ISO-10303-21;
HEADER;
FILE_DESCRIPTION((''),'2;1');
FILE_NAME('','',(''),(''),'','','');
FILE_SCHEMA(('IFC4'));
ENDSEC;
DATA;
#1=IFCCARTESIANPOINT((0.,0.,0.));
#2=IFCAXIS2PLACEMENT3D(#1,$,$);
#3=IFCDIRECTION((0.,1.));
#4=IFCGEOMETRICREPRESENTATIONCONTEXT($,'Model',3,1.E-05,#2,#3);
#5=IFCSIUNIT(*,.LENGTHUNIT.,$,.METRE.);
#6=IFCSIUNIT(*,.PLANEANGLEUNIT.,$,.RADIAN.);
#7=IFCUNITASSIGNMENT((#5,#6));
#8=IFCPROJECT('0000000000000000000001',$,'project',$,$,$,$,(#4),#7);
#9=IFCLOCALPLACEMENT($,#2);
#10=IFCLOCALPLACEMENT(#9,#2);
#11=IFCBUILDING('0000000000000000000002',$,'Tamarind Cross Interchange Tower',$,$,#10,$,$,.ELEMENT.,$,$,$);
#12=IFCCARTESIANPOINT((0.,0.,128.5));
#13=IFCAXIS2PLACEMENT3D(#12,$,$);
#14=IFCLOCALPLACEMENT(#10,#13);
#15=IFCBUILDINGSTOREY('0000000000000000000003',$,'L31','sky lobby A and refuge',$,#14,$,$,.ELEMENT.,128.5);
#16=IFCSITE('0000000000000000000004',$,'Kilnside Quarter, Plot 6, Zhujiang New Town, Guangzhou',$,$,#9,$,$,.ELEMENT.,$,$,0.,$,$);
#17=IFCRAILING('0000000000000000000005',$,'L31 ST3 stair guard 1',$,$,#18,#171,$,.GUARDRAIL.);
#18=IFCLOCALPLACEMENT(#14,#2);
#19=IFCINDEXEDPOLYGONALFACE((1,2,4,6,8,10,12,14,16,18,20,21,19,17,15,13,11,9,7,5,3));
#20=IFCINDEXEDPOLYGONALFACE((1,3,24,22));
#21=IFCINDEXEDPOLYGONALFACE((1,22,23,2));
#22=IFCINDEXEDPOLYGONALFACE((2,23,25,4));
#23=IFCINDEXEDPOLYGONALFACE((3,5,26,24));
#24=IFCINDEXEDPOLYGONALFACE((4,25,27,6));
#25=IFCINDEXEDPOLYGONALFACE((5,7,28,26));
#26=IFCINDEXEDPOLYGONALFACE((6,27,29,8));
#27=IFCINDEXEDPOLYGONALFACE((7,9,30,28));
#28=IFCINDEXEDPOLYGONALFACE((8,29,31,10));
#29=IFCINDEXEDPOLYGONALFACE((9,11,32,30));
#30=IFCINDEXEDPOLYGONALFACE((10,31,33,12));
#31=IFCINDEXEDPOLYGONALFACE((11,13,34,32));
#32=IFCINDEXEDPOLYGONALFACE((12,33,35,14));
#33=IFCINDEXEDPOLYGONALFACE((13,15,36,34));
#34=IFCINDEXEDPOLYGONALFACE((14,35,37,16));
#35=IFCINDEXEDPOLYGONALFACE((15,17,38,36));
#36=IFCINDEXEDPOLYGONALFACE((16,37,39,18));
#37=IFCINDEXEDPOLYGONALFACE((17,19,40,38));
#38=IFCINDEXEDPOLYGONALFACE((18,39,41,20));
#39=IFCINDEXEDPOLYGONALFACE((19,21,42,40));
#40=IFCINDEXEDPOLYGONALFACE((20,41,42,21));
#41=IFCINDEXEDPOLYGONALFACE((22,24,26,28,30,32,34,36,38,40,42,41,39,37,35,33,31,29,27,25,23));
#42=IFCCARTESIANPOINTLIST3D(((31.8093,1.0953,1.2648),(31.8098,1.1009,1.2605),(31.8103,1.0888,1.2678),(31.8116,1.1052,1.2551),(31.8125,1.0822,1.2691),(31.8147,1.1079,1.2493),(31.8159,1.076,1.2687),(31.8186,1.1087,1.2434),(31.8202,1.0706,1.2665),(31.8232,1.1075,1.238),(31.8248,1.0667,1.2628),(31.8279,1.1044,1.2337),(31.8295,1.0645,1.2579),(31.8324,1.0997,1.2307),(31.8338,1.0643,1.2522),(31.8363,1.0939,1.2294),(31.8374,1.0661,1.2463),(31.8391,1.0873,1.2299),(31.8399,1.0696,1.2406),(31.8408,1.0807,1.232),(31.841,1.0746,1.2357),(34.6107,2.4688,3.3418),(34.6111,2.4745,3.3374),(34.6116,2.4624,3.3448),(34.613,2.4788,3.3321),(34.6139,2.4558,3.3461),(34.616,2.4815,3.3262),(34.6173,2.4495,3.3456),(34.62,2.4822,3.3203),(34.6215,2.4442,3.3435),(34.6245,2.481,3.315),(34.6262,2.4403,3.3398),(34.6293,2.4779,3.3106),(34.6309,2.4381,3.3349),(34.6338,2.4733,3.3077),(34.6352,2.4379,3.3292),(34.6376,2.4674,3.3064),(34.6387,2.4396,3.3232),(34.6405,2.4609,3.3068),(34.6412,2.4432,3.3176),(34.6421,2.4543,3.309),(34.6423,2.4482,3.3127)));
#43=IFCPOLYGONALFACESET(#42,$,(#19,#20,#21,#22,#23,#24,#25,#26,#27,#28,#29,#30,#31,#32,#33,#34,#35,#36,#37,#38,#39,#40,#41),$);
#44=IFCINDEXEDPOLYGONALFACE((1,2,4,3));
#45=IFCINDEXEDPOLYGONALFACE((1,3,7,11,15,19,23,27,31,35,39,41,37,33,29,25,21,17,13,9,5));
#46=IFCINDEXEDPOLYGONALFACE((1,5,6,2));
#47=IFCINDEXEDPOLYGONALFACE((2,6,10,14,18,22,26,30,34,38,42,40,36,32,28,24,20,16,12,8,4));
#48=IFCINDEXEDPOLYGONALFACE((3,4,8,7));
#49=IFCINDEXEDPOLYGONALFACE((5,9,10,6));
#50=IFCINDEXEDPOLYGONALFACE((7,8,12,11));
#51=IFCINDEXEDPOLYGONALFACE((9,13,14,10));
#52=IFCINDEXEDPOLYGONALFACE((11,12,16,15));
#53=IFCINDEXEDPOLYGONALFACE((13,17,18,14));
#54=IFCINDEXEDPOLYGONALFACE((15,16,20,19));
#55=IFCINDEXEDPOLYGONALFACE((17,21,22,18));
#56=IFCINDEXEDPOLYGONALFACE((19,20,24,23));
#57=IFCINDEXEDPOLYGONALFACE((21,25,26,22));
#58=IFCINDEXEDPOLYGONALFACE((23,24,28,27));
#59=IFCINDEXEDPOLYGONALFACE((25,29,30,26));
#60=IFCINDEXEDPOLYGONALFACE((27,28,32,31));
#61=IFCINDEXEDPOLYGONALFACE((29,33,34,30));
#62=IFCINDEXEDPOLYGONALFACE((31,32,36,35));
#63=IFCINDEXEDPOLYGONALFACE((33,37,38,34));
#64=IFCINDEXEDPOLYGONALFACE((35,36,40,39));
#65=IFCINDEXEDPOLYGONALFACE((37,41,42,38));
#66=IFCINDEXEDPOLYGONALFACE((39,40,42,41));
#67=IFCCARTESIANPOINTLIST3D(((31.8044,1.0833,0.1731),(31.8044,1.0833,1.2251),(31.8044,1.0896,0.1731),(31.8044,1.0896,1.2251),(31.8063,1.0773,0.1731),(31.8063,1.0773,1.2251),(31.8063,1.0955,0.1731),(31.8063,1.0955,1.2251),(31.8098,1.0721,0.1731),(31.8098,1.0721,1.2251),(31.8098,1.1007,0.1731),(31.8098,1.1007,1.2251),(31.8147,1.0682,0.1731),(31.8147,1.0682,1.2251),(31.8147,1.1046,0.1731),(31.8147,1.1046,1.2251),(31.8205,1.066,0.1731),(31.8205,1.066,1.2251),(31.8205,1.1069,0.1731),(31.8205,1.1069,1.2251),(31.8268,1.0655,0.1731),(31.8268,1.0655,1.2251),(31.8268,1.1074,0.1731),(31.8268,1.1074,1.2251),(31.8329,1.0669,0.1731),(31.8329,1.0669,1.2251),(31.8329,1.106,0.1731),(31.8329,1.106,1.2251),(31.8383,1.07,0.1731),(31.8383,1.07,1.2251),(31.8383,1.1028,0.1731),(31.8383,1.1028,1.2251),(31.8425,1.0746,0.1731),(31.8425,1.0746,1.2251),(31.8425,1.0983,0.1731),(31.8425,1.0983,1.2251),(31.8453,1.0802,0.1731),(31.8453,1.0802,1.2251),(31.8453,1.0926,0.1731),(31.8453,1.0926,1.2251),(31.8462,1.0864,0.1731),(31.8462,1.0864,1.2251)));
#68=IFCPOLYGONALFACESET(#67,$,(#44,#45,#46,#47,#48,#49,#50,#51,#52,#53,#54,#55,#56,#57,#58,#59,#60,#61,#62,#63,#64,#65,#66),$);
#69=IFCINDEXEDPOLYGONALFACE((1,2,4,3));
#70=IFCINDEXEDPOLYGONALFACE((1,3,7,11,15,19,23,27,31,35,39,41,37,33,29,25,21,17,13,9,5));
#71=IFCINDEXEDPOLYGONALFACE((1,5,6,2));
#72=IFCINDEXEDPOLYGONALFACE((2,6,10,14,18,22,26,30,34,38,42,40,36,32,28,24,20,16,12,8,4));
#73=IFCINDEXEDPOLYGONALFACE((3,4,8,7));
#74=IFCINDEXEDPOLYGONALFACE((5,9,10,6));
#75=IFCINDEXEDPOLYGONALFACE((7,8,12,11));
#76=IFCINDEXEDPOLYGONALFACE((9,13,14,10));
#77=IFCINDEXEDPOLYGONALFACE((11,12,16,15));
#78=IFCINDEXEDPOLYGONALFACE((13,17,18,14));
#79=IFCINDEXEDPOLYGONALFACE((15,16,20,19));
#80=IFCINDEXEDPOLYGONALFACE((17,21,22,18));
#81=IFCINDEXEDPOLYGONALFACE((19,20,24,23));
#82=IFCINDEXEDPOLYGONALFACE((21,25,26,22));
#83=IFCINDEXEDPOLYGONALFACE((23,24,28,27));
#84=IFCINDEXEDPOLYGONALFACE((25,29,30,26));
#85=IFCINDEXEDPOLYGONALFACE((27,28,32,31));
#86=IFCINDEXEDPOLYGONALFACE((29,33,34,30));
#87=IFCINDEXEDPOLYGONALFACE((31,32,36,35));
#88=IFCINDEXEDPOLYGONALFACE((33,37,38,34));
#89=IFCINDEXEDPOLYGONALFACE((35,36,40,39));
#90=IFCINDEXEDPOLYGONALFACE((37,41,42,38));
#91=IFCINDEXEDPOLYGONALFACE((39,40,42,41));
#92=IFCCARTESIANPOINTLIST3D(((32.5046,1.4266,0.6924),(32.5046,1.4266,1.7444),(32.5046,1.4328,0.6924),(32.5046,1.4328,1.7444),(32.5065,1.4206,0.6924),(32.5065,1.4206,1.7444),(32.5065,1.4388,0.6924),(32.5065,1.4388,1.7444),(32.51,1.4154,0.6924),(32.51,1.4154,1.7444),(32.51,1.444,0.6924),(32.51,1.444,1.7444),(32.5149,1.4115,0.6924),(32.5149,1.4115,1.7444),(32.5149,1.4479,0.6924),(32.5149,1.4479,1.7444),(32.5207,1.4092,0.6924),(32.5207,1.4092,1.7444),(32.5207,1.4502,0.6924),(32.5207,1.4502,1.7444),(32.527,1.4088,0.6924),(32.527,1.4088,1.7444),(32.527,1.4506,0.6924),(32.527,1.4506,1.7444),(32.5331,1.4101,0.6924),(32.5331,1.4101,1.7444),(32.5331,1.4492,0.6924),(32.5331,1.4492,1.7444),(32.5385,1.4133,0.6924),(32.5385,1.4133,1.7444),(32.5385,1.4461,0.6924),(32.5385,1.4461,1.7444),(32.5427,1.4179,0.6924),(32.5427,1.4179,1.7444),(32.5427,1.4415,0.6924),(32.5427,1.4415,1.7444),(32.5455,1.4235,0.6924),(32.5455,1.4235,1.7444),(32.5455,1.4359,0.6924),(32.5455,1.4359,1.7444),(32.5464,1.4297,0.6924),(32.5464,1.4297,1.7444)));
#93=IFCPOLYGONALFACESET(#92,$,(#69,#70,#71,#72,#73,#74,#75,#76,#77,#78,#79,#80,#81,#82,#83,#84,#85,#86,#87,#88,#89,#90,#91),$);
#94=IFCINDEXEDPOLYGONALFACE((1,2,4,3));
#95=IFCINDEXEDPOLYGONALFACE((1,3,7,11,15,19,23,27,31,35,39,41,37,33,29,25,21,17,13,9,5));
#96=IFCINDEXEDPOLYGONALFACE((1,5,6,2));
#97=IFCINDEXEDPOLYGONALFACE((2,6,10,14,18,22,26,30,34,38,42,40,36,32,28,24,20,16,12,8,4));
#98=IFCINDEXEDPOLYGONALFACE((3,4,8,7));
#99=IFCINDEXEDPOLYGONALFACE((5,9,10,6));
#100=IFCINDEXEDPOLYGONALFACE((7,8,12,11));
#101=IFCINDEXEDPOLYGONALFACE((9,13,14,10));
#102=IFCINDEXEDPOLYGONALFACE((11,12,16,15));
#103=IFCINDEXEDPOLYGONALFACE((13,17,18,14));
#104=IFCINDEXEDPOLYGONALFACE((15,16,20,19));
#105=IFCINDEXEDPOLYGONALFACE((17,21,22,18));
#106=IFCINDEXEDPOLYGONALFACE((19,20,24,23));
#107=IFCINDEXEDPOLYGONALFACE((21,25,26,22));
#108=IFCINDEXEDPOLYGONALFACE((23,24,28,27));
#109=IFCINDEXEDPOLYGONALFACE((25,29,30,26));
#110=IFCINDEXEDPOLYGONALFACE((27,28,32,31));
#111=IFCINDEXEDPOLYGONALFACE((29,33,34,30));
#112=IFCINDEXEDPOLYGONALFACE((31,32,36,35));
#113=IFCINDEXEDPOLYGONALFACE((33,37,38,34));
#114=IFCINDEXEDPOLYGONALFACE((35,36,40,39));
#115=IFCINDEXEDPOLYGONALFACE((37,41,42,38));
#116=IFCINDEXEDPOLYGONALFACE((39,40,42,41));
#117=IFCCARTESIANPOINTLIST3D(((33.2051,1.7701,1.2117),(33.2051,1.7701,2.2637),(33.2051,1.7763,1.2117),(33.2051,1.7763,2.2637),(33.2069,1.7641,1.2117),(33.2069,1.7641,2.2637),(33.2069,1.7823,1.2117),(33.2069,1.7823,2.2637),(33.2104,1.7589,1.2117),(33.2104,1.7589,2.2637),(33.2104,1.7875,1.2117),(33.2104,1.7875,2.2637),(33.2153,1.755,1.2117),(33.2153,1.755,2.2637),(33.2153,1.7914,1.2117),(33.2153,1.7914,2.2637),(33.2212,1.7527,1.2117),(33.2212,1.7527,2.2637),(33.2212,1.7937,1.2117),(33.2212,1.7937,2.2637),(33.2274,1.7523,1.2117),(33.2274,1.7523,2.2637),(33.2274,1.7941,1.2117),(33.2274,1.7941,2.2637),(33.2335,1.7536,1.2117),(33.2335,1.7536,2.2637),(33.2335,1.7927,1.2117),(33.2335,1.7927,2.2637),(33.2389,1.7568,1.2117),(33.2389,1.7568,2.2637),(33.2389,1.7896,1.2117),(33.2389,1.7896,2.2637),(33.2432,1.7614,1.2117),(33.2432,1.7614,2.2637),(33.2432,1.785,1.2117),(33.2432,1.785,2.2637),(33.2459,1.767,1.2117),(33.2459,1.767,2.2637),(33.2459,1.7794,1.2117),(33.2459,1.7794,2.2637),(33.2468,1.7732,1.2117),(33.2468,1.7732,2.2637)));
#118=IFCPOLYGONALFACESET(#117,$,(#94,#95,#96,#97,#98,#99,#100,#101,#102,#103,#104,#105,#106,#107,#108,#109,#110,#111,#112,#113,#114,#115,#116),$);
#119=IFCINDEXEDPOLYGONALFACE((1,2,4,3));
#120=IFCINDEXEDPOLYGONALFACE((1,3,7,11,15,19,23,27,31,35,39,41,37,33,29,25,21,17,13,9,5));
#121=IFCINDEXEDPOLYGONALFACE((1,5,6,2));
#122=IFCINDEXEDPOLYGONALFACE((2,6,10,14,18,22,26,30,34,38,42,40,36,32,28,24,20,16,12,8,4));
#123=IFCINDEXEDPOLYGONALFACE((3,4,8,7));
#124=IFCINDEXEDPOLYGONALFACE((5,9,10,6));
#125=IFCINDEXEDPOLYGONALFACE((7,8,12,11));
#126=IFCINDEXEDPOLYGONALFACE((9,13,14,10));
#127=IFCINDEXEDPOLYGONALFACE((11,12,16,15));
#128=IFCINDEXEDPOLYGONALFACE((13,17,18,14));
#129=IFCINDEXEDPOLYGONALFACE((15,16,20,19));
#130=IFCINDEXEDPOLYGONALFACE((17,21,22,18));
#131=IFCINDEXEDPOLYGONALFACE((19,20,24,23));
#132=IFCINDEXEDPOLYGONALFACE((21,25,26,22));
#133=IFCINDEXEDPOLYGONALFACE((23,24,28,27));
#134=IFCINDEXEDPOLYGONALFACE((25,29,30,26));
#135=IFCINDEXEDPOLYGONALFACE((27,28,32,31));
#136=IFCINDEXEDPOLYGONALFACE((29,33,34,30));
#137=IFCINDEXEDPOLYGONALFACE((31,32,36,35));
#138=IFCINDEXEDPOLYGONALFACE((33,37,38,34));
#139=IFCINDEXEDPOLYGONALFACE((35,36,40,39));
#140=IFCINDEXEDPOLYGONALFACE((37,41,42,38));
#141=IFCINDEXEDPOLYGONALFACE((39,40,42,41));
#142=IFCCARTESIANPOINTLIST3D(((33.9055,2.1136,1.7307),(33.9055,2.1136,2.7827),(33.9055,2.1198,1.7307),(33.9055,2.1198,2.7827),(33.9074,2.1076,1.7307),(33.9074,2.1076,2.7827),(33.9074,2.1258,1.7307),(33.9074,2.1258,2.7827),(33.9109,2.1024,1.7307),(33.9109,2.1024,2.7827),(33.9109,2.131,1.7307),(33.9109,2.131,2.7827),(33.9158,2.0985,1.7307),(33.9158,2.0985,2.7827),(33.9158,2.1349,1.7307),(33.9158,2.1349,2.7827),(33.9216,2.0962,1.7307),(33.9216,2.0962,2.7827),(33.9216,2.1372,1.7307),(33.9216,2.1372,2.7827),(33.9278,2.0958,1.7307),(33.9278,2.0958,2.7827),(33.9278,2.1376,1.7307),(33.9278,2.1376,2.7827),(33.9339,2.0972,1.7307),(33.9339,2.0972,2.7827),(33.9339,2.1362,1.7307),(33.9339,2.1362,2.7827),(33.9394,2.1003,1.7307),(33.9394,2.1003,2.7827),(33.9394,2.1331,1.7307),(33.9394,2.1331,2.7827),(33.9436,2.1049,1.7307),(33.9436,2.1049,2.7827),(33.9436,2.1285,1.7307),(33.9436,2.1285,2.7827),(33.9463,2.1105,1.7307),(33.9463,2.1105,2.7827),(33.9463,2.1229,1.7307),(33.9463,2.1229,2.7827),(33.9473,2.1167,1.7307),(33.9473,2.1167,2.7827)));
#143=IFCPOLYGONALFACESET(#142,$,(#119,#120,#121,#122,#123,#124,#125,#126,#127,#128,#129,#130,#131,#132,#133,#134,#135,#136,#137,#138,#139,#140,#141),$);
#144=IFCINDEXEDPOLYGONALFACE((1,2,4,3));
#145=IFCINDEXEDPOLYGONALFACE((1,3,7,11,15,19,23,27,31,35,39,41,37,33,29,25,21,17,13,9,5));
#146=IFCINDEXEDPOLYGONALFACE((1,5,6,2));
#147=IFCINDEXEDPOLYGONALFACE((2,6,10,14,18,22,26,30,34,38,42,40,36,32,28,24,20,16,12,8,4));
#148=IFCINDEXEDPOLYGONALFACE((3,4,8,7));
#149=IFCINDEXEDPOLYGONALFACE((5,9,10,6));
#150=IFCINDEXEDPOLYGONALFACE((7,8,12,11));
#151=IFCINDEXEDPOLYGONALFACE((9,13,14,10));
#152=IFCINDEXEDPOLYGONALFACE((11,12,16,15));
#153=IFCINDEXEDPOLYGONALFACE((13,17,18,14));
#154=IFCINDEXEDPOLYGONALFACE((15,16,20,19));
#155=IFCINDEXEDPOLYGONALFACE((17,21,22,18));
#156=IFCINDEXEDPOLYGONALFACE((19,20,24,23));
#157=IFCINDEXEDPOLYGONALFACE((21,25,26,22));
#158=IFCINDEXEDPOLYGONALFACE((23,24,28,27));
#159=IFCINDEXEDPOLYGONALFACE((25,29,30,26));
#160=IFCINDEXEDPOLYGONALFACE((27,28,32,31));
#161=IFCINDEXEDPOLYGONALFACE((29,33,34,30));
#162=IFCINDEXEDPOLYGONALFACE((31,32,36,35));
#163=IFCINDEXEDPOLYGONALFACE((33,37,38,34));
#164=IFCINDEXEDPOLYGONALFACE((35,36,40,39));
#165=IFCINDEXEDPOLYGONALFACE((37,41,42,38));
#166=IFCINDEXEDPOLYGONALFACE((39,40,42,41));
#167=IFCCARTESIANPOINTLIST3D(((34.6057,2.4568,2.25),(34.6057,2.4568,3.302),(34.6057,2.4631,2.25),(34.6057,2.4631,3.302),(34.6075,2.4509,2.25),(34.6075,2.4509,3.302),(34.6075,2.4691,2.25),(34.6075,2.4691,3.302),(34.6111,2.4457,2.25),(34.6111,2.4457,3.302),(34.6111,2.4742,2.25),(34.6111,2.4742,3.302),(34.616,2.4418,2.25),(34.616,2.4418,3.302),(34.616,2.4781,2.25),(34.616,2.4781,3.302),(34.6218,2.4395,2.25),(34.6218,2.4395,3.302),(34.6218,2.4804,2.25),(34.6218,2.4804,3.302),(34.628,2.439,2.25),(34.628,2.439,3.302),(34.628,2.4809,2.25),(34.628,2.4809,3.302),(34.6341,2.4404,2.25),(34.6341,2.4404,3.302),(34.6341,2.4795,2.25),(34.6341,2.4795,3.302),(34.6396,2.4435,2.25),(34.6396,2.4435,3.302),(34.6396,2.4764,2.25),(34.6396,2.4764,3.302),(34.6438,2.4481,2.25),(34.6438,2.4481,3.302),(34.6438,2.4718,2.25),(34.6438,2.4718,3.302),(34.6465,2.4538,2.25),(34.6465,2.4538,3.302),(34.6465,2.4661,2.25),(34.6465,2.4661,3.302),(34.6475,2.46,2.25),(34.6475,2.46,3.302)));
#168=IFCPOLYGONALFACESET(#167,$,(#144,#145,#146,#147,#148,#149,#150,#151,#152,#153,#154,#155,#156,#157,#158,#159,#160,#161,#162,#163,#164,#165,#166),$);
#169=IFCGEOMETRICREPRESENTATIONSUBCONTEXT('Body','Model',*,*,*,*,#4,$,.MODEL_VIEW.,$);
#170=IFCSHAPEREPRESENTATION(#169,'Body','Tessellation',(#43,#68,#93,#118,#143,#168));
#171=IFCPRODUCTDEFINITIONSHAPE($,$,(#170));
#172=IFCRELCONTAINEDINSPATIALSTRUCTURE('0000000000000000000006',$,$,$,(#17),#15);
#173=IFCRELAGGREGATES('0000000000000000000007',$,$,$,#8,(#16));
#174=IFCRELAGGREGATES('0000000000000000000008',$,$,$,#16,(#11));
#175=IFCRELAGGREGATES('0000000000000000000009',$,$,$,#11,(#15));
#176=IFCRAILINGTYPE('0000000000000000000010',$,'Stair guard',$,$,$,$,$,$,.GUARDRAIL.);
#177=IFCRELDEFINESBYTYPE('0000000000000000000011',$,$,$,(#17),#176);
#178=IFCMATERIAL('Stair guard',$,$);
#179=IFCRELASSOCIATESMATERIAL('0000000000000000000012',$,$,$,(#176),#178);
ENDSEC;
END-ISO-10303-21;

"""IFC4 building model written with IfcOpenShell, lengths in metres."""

from ifc_helpers import new_model, si_unit, direction, frame, origin, origin_2d, place, context, subcontext, project, spatial, circle, extrude, material, type_object, element, save


model = new_model("IFC4")

# Units and contexts
model_context = context("Model", 3, precision=1e-05, world=origin(), true_north=direction((0.0, 1.0)))
body_context = subcontext(model_context, "Body", "Model", "MODEL_VIEW")
ifc_project = project(units=[si_unit("LENGTHUNIT", "METRE"), si_unit("PLANEANGLEUNIT", "RADIAN")], contexts=[model_context])

# Site, building, storey
site_placement = place(None, origin())
site = spatial("IfcSite", under=ifc_project, at=site_placement, Name="Kilnside Quarter, Plot 6, Zhujiang New Town, Guangzhou", CompositionType="ELEMENT", RefElevation=0.0)
building_placement = place(site_placement, origin())
building = spatial("IfcBuilding", under=site, at=building_placement, Name="Tamarind Cross Interchange Tower", CompositionType="ELEMENT")
storey_placement = place(building_placement, frame((0.0, 0.0, 128.5)))
storey = spatial("IfcBuildingStorey", under=building, at=storey_placement, Name="L31", Description="sky lobby A and refuge", CompositionType="ELEMENT", Elevation=128.5)

# Railing
ifc_material_1 = material(Name="Stair guard")
railing_type_1 = type_object("IfcRailingType", Name="Stair guard", PredefinedType="GUARDRAIL", material=ifc_material_1)
railing_1_placement = place(storey_placement, frame((31.8252, 1.0864, 0.1731)))
element("IfcRailing", 1, at=railing_1_placement, inside=storey, type_object=railing_type_1, Name="L31 ST3 stair guard 1", PredefinedType="GUARDRAIL", context=body_context, shape_type="SweptSolid", body=[
    extrude(circle(Radius=0.0239, at=origin_2d()), frame((0.0, 0.0, 1.0762), z_axis=(0.747411, 0.366475, 0.554142), x_axis=(-0.440251, 0.897875, 0.0)), (0.0, 0.0, 1.0), 3.748),
    extrude(circle(Radius=0.021, at=origin_2d()), origin(), (0.0, 0.0, 1.0), 1.052),
    extrude(circle(Radius=0.021, at=origin_2d()), frame((0.7002, 0.3433, 0.5193)), (0.0, 0.0, 1.0), 1.052),
    extrude(circle(Radius=0.021, at=origin_2d()), frame((1.4006, 0.6868, 1.0386)), (0.0, 0.0, 1.0), 1.052),
    extrude(circle(Radius=0.021, at=origin_2d()), frame((2.1011, 1.0303, 1.5576)), (0.0, 0.0, 1.0), 1.052),
    extrude(circle(Radius=0.021, at=origin_2d()), frame((2.8013, 1.3735, 2.0769)), (0.0, 0.0, 1.0), 1.052),
])

save(model, "model.ifc")
